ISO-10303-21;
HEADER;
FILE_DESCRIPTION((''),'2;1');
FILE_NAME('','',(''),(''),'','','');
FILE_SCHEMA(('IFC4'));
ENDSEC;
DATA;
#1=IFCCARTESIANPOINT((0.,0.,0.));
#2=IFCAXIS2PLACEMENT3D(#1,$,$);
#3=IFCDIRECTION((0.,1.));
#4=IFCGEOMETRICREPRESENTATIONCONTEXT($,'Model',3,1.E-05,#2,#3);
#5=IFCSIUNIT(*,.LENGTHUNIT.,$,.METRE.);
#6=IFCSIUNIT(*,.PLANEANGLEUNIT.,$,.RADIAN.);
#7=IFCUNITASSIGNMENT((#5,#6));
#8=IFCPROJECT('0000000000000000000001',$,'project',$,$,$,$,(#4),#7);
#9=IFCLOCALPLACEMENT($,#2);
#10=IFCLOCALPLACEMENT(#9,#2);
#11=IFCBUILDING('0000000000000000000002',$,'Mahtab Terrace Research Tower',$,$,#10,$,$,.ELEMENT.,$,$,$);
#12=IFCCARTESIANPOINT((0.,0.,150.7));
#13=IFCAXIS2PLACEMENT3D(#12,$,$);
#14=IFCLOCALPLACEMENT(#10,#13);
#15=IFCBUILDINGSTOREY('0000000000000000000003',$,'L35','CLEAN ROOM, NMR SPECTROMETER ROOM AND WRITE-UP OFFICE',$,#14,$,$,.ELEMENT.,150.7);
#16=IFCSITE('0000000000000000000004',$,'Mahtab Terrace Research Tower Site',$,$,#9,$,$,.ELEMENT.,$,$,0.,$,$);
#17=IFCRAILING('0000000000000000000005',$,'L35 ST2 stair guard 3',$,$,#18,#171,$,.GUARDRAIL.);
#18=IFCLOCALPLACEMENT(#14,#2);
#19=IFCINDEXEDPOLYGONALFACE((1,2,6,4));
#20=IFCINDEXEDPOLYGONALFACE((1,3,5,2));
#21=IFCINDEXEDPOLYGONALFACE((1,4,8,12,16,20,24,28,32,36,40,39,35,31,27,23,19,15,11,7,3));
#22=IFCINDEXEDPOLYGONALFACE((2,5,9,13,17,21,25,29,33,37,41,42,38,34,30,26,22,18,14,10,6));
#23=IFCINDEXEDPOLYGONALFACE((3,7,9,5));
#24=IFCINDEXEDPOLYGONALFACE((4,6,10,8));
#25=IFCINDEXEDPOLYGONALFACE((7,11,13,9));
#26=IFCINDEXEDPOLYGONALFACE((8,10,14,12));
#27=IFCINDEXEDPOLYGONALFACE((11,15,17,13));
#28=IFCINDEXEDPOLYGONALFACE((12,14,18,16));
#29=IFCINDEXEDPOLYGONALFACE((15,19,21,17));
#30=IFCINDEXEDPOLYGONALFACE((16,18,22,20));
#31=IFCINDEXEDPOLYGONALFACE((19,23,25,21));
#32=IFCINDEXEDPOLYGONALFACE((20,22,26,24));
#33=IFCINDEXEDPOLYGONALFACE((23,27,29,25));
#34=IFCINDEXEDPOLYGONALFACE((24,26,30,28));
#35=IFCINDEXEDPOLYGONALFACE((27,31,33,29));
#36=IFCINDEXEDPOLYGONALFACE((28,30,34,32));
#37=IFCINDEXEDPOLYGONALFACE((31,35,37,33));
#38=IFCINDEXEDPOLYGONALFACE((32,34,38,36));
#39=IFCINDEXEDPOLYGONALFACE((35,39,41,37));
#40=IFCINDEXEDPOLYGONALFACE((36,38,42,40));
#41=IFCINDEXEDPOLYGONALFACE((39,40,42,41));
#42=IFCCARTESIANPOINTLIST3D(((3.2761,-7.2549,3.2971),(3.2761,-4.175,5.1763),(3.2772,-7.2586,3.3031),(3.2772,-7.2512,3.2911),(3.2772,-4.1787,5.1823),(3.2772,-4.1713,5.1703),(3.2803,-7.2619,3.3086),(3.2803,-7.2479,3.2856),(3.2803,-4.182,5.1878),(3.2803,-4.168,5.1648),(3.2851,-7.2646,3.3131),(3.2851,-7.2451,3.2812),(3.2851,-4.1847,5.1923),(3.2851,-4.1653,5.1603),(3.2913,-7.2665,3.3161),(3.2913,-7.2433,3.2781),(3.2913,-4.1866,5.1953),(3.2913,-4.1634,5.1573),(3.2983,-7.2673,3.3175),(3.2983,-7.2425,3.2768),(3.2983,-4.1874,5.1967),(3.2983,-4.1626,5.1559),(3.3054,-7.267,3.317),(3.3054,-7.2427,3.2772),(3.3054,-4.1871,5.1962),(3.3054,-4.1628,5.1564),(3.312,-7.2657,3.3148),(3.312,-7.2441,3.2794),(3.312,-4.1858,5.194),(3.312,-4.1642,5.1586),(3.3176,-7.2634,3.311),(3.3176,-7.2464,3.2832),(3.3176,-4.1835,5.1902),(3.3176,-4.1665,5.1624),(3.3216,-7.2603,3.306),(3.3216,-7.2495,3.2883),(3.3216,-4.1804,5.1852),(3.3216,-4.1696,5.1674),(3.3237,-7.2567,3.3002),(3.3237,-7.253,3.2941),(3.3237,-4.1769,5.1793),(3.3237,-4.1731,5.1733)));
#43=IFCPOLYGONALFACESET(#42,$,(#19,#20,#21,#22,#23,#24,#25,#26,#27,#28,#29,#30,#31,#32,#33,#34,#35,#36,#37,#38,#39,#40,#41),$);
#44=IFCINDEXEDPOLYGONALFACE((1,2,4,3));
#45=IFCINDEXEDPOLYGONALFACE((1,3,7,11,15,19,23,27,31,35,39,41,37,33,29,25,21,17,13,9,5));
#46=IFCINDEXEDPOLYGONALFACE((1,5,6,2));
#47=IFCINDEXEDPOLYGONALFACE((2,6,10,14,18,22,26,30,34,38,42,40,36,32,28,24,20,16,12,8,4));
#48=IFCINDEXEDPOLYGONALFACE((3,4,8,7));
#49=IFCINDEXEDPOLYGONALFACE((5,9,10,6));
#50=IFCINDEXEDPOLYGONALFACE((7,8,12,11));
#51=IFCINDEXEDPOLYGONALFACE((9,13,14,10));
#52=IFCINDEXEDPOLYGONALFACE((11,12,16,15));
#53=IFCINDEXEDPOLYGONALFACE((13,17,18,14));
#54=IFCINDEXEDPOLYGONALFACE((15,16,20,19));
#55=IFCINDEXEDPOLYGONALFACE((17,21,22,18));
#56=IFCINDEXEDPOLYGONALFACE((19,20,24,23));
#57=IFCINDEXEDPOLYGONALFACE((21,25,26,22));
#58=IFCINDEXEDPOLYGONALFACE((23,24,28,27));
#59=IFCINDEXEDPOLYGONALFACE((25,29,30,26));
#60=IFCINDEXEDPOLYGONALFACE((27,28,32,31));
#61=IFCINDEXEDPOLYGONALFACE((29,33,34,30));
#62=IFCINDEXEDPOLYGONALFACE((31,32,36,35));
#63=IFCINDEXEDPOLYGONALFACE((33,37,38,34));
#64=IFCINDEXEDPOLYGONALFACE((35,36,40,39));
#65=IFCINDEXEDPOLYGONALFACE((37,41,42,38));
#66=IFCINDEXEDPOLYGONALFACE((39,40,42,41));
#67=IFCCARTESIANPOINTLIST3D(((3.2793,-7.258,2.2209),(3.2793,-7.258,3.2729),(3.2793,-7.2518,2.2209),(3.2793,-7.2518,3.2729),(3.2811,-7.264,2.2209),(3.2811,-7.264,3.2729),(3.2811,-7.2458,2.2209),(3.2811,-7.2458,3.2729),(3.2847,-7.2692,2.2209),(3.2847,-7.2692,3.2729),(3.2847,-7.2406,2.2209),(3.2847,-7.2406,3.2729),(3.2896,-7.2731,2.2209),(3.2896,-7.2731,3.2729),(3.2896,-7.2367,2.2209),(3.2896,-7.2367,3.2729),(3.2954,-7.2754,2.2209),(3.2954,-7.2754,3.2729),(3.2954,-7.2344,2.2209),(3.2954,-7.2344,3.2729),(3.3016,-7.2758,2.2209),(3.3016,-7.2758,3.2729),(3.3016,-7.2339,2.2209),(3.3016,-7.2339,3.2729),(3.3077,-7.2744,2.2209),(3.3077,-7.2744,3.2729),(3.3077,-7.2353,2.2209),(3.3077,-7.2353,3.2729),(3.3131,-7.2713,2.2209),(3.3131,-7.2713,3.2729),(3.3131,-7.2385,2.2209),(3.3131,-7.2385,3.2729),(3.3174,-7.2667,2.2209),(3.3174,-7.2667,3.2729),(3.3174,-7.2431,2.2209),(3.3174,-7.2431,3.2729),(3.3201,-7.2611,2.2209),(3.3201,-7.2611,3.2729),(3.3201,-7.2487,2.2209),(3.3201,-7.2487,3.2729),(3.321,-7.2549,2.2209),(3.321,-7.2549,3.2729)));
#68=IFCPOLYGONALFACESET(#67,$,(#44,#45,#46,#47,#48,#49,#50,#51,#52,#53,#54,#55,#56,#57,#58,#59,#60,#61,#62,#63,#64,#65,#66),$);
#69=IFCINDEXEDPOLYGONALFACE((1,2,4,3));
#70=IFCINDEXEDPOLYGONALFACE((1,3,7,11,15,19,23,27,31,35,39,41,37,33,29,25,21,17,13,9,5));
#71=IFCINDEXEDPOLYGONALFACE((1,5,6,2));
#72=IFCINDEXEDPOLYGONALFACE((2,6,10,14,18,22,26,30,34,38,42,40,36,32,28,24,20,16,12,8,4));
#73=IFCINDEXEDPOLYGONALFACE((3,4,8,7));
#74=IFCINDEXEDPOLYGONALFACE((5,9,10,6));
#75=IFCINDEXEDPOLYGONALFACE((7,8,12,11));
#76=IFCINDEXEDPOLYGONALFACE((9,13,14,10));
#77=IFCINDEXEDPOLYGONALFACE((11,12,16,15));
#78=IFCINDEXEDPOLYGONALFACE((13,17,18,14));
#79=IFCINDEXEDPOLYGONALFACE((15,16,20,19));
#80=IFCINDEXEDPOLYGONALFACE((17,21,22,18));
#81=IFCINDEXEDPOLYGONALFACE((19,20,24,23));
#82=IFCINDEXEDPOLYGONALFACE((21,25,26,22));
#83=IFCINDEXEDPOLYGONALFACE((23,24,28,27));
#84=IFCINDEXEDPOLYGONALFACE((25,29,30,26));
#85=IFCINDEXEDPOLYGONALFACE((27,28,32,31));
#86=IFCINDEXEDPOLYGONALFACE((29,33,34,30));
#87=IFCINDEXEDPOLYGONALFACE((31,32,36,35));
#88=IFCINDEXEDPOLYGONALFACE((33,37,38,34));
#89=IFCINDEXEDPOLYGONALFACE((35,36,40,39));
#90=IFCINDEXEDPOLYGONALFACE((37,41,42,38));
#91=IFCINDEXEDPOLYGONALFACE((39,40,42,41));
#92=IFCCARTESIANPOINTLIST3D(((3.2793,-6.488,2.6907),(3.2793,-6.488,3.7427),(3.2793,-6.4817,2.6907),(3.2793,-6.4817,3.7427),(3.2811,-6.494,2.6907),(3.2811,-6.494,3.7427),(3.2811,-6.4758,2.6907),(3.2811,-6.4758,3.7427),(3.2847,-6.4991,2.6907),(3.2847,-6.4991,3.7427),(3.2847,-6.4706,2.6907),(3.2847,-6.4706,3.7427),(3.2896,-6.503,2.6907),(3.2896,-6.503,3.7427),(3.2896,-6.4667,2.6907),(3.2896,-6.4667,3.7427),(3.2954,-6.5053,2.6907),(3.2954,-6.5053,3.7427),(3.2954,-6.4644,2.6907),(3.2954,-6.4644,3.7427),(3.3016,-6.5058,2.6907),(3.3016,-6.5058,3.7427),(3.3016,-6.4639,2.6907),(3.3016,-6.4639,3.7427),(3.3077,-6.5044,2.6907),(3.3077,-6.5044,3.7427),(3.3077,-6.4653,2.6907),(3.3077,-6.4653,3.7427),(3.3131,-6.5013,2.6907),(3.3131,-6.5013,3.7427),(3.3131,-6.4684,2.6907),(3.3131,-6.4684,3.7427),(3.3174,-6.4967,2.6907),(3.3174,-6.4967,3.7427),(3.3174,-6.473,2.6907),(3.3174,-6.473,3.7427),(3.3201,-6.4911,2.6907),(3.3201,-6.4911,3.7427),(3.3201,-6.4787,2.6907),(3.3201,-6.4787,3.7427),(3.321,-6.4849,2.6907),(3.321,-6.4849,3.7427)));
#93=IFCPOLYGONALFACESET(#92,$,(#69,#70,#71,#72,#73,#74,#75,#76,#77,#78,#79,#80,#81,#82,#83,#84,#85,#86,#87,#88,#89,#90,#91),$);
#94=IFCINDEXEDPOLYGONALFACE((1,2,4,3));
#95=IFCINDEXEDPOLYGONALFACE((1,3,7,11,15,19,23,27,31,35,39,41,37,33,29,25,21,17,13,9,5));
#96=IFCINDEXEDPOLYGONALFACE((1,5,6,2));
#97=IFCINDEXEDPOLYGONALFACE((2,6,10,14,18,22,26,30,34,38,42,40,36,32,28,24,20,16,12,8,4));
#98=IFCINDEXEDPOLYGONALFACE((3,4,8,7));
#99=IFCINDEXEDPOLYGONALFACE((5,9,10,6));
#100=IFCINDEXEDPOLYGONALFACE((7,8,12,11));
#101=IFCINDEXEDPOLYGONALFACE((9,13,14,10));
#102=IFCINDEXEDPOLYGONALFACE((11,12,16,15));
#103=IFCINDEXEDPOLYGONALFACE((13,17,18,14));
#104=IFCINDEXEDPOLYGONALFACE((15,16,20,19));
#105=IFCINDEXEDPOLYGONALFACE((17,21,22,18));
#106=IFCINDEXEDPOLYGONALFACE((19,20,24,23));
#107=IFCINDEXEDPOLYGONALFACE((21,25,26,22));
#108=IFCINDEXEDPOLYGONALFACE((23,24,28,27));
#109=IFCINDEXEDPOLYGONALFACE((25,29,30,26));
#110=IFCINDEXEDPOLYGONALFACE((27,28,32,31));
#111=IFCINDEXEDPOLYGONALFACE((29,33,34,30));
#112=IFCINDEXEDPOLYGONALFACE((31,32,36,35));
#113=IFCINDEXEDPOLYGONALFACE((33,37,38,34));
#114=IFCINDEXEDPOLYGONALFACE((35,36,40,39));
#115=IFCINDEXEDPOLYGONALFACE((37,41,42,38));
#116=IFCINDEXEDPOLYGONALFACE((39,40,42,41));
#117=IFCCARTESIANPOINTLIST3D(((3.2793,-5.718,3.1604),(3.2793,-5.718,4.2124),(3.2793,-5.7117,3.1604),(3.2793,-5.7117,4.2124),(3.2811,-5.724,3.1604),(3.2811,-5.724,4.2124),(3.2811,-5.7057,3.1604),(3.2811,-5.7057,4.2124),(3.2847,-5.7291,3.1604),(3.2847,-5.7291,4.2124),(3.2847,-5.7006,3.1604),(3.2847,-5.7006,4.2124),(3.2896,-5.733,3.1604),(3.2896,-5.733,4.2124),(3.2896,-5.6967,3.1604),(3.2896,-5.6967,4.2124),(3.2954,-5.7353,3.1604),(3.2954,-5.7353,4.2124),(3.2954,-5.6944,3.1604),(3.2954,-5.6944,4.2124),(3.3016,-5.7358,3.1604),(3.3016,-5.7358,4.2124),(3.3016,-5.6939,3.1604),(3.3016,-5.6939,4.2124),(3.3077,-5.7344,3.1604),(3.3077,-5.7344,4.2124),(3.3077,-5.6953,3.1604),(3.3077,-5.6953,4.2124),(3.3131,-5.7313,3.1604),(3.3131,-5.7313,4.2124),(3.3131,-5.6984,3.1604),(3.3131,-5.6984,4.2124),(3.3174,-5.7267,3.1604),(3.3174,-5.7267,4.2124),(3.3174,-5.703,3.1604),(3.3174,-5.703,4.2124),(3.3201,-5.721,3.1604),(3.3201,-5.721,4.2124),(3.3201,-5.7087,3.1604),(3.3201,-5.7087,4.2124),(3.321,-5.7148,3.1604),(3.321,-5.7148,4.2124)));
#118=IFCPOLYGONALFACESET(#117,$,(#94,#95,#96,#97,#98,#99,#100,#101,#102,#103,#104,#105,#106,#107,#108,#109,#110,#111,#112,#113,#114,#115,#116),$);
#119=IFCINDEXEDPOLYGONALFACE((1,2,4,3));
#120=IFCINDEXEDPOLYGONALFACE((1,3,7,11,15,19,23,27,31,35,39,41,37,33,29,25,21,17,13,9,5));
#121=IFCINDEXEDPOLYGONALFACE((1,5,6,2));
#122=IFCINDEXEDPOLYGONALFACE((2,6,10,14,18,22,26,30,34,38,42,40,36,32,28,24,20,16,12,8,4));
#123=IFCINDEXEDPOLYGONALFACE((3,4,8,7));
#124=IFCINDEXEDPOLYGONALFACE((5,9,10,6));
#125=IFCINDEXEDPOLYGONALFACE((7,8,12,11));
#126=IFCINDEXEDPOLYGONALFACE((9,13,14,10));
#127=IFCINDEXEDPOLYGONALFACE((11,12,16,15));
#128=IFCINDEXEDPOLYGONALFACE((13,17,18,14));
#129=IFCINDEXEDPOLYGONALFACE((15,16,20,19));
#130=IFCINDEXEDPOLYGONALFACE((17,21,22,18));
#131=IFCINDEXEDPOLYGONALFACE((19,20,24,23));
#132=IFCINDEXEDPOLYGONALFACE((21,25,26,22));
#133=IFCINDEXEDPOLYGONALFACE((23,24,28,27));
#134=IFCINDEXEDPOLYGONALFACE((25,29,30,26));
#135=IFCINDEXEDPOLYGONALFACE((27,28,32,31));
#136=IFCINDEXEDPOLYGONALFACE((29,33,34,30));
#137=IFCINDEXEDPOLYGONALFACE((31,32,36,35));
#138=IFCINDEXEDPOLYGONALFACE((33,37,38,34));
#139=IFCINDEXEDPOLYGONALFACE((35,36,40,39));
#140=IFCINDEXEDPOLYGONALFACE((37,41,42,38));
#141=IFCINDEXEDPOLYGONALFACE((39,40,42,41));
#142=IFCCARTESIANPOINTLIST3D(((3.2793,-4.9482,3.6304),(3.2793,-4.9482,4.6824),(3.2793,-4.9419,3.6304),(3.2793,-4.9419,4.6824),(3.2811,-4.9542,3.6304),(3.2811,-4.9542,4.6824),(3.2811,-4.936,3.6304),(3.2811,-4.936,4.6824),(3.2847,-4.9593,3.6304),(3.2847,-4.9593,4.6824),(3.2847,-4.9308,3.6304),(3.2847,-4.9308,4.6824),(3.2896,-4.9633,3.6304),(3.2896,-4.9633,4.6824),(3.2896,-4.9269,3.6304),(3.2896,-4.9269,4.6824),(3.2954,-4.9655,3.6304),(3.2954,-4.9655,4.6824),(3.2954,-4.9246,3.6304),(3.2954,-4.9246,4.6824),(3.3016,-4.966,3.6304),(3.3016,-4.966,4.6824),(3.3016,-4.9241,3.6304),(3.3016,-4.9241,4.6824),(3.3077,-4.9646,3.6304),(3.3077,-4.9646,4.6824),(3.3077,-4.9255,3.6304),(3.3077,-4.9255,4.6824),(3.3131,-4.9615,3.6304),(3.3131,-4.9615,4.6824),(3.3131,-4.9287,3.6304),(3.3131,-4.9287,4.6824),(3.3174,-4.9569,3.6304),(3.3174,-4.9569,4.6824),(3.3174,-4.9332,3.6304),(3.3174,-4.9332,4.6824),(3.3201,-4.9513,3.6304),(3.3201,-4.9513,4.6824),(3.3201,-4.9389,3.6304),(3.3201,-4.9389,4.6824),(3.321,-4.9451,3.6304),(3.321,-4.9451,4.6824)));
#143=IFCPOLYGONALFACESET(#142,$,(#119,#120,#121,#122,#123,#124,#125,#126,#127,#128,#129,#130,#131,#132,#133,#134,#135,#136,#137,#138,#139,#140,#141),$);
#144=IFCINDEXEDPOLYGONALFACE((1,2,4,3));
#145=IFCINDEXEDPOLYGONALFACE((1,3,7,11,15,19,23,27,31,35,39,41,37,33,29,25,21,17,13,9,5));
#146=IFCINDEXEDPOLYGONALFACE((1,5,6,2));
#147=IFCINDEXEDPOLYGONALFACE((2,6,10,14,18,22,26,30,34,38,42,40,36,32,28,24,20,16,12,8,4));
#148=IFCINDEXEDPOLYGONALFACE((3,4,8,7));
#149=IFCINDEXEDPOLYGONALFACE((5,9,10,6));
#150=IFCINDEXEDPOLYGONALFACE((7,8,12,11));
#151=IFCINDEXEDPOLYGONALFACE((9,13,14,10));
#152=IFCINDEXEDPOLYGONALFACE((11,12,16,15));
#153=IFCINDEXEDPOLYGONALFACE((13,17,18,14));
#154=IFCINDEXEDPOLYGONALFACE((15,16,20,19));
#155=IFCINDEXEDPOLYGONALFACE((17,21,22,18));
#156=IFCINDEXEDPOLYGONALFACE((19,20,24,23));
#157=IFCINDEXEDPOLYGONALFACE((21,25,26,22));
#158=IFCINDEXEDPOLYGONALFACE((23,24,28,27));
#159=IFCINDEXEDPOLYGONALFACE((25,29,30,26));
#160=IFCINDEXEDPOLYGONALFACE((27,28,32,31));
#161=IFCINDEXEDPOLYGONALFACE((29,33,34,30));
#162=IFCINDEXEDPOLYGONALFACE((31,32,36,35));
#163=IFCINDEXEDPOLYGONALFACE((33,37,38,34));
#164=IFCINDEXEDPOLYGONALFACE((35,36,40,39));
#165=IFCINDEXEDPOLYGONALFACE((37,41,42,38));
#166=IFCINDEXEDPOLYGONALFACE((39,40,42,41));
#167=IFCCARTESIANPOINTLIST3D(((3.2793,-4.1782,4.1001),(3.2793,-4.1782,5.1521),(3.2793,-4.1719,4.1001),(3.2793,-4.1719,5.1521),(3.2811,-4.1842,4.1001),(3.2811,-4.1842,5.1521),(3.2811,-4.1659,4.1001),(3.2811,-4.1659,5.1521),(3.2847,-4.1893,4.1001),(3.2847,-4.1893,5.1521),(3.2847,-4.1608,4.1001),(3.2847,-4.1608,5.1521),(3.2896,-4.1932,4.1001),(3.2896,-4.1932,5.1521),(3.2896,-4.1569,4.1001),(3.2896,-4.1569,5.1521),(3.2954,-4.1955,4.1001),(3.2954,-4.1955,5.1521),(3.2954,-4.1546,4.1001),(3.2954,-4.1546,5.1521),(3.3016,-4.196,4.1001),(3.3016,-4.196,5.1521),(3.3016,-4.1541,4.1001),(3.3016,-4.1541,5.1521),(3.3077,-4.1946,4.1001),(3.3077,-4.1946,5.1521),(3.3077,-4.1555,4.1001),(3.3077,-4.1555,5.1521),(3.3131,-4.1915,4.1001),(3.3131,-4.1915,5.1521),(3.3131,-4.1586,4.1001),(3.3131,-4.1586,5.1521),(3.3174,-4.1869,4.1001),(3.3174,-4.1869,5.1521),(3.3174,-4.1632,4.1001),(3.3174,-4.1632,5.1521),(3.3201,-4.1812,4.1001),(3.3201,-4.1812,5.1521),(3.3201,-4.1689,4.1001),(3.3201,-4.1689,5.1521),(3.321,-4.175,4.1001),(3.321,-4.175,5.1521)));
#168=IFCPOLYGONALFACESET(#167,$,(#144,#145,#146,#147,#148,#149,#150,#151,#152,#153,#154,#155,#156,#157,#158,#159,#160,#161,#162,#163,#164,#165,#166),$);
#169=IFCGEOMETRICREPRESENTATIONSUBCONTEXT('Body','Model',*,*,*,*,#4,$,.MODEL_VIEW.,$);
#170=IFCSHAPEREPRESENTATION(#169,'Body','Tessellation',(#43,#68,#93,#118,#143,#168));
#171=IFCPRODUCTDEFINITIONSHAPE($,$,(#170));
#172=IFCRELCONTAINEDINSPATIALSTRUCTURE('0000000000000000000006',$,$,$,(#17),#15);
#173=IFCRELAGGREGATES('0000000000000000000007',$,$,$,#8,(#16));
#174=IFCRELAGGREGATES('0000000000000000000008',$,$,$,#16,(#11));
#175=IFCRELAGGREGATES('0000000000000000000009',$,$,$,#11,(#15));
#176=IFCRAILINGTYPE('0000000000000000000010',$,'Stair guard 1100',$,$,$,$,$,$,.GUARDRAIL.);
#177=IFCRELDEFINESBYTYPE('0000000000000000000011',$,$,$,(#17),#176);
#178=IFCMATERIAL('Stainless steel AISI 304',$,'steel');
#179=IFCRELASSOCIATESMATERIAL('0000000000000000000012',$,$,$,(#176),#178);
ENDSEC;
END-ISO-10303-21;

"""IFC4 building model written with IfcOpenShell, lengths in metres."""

from ifc_helpers import new_model, si_unit, direction, frame, origin, origin_2d, place, context, subcontext, project, spatial, circle, extrude, material, type_object, element, save


model = new_model("IFC4")

# Units and contexts
model_context = context("Model", 3, precision=1e-05, world=origin(), true_north=direction((0.0, 1.0)))
body_context = subcontext(model_context, "Body", "Model", "MODEL_VIEW")
ifc_project = project(units=[si_unit("LENGTHUNIT", "METRE"), si_unit("PLANEANGLEUNIT", "RADIAN")], contexts=[model_context])

# Site, building, storey
site_placement = place(None, origin())
site = spatial("IfcSite", under=ifc_project, at=site_placement, Name="Mahtab Terrace Research Tower Site", CompositionType="ELEMENT", RefElevation=0.0)
building_placement = place(site_placement, origin())
building = spatial("IfcBuilding", under=site, at=building_placement, Name="Mahtab Terrace Research Tower", CompositionType="ELEMENT")
storey_placement = place(building_placement, frame((0.0, 0.0, 150.7)))
storey = spatial("IfcBuildingStorey", under=building, at=storey_placement, Name="L35", Description="CLEAN ROOM, NMR SPECTROMETER ROOM AND WRITE-UP OFFICE", CompositionType="ELEMENT", Elevation=150.7)

# Railing
ifc_material_1 = material(Name="Stainless steel AISI 304", Category="steel")
railing_type_1 = type_object("IfcRailingType", Name="Stair guard 1100", PredefinedType="GUARDRAIL", material=ifc_material_1)
railing_1_placement = place(storey_placement, frame((3.3, -7.2549, 2.2209)))
element("IfcRailing", 1, at=railing_1_placement, inside=storey, type_object=railing_type_1, Name="L35 ST2 stair guard 3", PredefinedType="GUARDRAIL", context=body_context, shape_type="SweptSolid", body=[
    extrude(circle(Radius=0.0239, at=origin_2d()), frame((0.0, 0.0, 1.0762), z_axis=(0.0, 0.853648, 0.52085), x_axis=(-1.0, 0.0, 0.0)), (0.0, 0.0, 1.0), 3.6079),
    extrude(circle(Radius=0.021, at=origin_2d()), origin(), (0.0, 0.0, 1.0), 1.052),
    extrude(circle(Radius=0.021, at=origin_2d()), frame((0.0, 0.77, 0.4697)), (0.0, 0.0, 1.0), 1.052),
    extrude(circle(Radius=0.021, at=origin_2d()), frame((0.0, 1.54, 0.9395)), (0.0, 0.0, 1.0), 1.052),
    extrude(circle(Radius=0.021, at=origin_2d()), frame((0.0, 2.3098, 1.4094)), (0.0, 0.0, 1.0), 1.052),
    extrude(circle(Radius=0.021, at=origin_2d()), frame((0.0, 3.0798, 1.8792)), (0.0, 0.0, 1.0), 1.052),
])

save(model, "model.ifc")
